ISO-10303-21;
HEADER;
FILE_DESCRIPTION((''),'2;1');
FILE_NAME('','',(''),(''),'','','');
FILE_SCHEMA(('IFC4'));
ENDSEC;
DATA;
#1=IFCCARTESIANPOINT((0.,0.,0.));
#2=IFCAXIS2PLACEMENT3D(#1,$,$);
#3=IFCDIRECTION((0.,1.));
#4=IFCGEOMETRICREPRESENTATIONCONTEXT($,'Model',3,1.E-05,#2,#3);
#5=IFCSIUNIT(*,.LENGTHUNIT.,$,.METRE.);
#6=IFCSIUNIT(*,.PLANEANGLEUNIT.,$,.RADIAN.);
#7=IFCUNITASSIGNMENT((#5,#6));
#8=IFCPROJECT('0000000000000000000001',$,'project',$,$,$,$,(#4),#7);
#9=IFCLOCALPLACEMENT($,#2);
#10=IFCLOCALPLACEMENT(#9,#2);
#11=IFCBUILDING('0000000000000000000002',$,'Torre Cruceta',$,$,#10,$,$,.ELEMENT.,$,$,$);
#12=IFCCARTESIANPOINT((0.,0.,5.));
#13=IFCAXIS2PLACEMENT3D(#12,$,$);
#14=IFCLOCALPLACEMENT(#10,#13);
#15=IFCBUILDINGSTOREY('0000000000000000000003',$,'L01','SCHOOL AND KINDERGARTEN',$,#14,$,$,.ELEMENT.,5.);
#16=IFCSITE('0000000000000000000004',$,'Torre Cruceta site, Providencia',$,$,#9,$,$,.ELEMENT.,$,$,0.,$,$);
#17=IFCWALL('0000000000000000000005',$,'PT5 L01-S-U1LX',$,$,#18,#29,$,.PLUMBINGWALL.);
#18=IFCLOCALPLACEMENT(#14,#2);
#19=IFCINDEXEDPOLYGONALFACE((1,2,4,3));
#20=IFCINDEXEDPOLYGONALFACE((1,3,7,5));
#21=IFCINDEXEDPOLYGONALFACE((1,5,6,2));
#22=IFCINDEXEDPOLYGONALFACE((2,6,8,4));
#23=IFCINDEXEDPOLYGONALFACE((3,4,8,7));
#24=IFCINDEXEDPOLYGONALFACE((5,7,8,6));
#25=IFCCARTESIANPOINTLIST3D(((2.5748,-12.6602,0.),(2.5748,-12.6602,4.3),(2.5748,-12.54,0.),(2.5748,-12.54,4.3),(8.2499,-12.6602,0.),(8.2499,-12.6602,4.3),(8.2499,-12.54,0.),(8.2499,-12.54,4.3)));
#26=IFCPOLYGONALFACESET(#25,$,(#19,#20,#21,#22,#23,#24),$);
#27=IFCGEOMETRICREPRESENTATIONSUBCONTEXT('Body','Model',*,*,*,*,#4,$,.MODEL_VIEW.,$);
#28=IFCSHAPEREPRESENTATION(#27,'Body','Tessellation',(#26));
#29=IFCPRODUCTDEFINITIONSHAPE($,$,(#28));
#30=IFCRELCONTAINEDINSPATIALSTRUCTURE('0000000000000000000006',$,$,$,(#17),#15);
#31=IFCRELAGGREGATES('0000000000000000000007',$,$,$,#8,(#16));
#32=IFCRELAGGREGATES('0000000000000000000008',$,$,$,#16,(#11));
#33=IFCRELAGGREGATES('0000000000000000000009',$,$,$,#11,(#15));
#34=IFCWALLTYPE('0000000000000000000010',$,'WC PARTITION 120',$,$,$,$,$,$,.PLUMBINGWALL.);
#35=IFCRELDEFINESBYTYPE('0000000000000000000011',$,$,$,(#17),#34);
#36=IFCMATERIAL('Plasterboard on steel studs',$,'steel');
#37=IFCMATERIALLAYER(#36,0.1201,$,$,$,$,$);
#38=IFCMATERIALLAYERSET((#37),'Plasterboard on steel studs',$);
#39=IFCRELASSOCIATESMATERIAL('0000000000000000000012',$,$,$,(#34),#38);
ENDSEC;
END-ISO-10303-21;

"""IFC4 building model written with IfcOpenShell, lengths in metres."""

from ifc_helpers import new_model, si_unit, direction, frame, frame_2d, origin, place, context, subcontext, project, spatial, rectangle, extrude, material, layer, layer_set, type_object, element, save


model = new_model("IFC4")

# Units and contexts
model_context = context("Model", 3, precision=1e-05, world=origin(), true_north=direction((0.0, 1.0)))
body_context = subcontext(model_context, "Body", "Model", "MODEL_VIEW")
ifc_project = project(units=[si_unit("LENGTHUNIT", "METRE"), si_unit("PLANEANGLEUNIT", "RADIAN")], contexts=[model_context])

# Site, building, storey
site_placement = place(None, origin())
site = spatial("IfcSite", under=ifc_project, at=site_placement, Name="Torre Cruceta site, Providencia", CompositionType="ELEMENT", RefElevation=0.0)
building_placement = place(site_placement, origin())
building = spatial("IfcBuilding", under=site, at=building_placement, Name="Torre Cruceta", CompositionType="ELEMENT")
storey_placement = place(building_placement, frame((0.0, 0.0, 5.0)))
storey = spatial("IfcBuildingStorey", under=building, at=storey_placement, Name="L01", Description="SCHOOL AND KINDERGARTEN", CompositionType="ELEMENT", Elevation=5.0)

# Wall
ifc_material_1 = material(Name="Plasterboard on steel studs", Category="steel")
ifc_layer_1 = layer(ifc_material_1, 0.1201)
ifc_layer_set_1 = layer_set([ifc_layer_1], Name="Plasterboard on steel studs")
wall_type_1 = type_object("IfcWallType", Name="WC PARTITION 120", PredefinedType="PLUMBINGWALL", material=ifc_layer_set_1)
wall_1_placement = place(storey_placement, frame((2.575, -12.6001, 0.0), z_axis=(0.0, 0.0, 1.0), x_axis=(1.0, 0.0, 0.0)))
element("IfcWall", 1, at=wall_1_placement, inside=storey, type_object=wall_type_1, Name="PT5 L01-S-U1LX", PredefinedType="PLUMBINGWALL", context=body_context, shape_type="SweptSolid", body=[
    extrude(rectangle(XDim=5.675, YDim=0.1201, at=frame_2d((2.8374, 0.0))), origin(), (0.0, 0.0, 1.0), 4.3),
])

save(model, "model.ifc")
